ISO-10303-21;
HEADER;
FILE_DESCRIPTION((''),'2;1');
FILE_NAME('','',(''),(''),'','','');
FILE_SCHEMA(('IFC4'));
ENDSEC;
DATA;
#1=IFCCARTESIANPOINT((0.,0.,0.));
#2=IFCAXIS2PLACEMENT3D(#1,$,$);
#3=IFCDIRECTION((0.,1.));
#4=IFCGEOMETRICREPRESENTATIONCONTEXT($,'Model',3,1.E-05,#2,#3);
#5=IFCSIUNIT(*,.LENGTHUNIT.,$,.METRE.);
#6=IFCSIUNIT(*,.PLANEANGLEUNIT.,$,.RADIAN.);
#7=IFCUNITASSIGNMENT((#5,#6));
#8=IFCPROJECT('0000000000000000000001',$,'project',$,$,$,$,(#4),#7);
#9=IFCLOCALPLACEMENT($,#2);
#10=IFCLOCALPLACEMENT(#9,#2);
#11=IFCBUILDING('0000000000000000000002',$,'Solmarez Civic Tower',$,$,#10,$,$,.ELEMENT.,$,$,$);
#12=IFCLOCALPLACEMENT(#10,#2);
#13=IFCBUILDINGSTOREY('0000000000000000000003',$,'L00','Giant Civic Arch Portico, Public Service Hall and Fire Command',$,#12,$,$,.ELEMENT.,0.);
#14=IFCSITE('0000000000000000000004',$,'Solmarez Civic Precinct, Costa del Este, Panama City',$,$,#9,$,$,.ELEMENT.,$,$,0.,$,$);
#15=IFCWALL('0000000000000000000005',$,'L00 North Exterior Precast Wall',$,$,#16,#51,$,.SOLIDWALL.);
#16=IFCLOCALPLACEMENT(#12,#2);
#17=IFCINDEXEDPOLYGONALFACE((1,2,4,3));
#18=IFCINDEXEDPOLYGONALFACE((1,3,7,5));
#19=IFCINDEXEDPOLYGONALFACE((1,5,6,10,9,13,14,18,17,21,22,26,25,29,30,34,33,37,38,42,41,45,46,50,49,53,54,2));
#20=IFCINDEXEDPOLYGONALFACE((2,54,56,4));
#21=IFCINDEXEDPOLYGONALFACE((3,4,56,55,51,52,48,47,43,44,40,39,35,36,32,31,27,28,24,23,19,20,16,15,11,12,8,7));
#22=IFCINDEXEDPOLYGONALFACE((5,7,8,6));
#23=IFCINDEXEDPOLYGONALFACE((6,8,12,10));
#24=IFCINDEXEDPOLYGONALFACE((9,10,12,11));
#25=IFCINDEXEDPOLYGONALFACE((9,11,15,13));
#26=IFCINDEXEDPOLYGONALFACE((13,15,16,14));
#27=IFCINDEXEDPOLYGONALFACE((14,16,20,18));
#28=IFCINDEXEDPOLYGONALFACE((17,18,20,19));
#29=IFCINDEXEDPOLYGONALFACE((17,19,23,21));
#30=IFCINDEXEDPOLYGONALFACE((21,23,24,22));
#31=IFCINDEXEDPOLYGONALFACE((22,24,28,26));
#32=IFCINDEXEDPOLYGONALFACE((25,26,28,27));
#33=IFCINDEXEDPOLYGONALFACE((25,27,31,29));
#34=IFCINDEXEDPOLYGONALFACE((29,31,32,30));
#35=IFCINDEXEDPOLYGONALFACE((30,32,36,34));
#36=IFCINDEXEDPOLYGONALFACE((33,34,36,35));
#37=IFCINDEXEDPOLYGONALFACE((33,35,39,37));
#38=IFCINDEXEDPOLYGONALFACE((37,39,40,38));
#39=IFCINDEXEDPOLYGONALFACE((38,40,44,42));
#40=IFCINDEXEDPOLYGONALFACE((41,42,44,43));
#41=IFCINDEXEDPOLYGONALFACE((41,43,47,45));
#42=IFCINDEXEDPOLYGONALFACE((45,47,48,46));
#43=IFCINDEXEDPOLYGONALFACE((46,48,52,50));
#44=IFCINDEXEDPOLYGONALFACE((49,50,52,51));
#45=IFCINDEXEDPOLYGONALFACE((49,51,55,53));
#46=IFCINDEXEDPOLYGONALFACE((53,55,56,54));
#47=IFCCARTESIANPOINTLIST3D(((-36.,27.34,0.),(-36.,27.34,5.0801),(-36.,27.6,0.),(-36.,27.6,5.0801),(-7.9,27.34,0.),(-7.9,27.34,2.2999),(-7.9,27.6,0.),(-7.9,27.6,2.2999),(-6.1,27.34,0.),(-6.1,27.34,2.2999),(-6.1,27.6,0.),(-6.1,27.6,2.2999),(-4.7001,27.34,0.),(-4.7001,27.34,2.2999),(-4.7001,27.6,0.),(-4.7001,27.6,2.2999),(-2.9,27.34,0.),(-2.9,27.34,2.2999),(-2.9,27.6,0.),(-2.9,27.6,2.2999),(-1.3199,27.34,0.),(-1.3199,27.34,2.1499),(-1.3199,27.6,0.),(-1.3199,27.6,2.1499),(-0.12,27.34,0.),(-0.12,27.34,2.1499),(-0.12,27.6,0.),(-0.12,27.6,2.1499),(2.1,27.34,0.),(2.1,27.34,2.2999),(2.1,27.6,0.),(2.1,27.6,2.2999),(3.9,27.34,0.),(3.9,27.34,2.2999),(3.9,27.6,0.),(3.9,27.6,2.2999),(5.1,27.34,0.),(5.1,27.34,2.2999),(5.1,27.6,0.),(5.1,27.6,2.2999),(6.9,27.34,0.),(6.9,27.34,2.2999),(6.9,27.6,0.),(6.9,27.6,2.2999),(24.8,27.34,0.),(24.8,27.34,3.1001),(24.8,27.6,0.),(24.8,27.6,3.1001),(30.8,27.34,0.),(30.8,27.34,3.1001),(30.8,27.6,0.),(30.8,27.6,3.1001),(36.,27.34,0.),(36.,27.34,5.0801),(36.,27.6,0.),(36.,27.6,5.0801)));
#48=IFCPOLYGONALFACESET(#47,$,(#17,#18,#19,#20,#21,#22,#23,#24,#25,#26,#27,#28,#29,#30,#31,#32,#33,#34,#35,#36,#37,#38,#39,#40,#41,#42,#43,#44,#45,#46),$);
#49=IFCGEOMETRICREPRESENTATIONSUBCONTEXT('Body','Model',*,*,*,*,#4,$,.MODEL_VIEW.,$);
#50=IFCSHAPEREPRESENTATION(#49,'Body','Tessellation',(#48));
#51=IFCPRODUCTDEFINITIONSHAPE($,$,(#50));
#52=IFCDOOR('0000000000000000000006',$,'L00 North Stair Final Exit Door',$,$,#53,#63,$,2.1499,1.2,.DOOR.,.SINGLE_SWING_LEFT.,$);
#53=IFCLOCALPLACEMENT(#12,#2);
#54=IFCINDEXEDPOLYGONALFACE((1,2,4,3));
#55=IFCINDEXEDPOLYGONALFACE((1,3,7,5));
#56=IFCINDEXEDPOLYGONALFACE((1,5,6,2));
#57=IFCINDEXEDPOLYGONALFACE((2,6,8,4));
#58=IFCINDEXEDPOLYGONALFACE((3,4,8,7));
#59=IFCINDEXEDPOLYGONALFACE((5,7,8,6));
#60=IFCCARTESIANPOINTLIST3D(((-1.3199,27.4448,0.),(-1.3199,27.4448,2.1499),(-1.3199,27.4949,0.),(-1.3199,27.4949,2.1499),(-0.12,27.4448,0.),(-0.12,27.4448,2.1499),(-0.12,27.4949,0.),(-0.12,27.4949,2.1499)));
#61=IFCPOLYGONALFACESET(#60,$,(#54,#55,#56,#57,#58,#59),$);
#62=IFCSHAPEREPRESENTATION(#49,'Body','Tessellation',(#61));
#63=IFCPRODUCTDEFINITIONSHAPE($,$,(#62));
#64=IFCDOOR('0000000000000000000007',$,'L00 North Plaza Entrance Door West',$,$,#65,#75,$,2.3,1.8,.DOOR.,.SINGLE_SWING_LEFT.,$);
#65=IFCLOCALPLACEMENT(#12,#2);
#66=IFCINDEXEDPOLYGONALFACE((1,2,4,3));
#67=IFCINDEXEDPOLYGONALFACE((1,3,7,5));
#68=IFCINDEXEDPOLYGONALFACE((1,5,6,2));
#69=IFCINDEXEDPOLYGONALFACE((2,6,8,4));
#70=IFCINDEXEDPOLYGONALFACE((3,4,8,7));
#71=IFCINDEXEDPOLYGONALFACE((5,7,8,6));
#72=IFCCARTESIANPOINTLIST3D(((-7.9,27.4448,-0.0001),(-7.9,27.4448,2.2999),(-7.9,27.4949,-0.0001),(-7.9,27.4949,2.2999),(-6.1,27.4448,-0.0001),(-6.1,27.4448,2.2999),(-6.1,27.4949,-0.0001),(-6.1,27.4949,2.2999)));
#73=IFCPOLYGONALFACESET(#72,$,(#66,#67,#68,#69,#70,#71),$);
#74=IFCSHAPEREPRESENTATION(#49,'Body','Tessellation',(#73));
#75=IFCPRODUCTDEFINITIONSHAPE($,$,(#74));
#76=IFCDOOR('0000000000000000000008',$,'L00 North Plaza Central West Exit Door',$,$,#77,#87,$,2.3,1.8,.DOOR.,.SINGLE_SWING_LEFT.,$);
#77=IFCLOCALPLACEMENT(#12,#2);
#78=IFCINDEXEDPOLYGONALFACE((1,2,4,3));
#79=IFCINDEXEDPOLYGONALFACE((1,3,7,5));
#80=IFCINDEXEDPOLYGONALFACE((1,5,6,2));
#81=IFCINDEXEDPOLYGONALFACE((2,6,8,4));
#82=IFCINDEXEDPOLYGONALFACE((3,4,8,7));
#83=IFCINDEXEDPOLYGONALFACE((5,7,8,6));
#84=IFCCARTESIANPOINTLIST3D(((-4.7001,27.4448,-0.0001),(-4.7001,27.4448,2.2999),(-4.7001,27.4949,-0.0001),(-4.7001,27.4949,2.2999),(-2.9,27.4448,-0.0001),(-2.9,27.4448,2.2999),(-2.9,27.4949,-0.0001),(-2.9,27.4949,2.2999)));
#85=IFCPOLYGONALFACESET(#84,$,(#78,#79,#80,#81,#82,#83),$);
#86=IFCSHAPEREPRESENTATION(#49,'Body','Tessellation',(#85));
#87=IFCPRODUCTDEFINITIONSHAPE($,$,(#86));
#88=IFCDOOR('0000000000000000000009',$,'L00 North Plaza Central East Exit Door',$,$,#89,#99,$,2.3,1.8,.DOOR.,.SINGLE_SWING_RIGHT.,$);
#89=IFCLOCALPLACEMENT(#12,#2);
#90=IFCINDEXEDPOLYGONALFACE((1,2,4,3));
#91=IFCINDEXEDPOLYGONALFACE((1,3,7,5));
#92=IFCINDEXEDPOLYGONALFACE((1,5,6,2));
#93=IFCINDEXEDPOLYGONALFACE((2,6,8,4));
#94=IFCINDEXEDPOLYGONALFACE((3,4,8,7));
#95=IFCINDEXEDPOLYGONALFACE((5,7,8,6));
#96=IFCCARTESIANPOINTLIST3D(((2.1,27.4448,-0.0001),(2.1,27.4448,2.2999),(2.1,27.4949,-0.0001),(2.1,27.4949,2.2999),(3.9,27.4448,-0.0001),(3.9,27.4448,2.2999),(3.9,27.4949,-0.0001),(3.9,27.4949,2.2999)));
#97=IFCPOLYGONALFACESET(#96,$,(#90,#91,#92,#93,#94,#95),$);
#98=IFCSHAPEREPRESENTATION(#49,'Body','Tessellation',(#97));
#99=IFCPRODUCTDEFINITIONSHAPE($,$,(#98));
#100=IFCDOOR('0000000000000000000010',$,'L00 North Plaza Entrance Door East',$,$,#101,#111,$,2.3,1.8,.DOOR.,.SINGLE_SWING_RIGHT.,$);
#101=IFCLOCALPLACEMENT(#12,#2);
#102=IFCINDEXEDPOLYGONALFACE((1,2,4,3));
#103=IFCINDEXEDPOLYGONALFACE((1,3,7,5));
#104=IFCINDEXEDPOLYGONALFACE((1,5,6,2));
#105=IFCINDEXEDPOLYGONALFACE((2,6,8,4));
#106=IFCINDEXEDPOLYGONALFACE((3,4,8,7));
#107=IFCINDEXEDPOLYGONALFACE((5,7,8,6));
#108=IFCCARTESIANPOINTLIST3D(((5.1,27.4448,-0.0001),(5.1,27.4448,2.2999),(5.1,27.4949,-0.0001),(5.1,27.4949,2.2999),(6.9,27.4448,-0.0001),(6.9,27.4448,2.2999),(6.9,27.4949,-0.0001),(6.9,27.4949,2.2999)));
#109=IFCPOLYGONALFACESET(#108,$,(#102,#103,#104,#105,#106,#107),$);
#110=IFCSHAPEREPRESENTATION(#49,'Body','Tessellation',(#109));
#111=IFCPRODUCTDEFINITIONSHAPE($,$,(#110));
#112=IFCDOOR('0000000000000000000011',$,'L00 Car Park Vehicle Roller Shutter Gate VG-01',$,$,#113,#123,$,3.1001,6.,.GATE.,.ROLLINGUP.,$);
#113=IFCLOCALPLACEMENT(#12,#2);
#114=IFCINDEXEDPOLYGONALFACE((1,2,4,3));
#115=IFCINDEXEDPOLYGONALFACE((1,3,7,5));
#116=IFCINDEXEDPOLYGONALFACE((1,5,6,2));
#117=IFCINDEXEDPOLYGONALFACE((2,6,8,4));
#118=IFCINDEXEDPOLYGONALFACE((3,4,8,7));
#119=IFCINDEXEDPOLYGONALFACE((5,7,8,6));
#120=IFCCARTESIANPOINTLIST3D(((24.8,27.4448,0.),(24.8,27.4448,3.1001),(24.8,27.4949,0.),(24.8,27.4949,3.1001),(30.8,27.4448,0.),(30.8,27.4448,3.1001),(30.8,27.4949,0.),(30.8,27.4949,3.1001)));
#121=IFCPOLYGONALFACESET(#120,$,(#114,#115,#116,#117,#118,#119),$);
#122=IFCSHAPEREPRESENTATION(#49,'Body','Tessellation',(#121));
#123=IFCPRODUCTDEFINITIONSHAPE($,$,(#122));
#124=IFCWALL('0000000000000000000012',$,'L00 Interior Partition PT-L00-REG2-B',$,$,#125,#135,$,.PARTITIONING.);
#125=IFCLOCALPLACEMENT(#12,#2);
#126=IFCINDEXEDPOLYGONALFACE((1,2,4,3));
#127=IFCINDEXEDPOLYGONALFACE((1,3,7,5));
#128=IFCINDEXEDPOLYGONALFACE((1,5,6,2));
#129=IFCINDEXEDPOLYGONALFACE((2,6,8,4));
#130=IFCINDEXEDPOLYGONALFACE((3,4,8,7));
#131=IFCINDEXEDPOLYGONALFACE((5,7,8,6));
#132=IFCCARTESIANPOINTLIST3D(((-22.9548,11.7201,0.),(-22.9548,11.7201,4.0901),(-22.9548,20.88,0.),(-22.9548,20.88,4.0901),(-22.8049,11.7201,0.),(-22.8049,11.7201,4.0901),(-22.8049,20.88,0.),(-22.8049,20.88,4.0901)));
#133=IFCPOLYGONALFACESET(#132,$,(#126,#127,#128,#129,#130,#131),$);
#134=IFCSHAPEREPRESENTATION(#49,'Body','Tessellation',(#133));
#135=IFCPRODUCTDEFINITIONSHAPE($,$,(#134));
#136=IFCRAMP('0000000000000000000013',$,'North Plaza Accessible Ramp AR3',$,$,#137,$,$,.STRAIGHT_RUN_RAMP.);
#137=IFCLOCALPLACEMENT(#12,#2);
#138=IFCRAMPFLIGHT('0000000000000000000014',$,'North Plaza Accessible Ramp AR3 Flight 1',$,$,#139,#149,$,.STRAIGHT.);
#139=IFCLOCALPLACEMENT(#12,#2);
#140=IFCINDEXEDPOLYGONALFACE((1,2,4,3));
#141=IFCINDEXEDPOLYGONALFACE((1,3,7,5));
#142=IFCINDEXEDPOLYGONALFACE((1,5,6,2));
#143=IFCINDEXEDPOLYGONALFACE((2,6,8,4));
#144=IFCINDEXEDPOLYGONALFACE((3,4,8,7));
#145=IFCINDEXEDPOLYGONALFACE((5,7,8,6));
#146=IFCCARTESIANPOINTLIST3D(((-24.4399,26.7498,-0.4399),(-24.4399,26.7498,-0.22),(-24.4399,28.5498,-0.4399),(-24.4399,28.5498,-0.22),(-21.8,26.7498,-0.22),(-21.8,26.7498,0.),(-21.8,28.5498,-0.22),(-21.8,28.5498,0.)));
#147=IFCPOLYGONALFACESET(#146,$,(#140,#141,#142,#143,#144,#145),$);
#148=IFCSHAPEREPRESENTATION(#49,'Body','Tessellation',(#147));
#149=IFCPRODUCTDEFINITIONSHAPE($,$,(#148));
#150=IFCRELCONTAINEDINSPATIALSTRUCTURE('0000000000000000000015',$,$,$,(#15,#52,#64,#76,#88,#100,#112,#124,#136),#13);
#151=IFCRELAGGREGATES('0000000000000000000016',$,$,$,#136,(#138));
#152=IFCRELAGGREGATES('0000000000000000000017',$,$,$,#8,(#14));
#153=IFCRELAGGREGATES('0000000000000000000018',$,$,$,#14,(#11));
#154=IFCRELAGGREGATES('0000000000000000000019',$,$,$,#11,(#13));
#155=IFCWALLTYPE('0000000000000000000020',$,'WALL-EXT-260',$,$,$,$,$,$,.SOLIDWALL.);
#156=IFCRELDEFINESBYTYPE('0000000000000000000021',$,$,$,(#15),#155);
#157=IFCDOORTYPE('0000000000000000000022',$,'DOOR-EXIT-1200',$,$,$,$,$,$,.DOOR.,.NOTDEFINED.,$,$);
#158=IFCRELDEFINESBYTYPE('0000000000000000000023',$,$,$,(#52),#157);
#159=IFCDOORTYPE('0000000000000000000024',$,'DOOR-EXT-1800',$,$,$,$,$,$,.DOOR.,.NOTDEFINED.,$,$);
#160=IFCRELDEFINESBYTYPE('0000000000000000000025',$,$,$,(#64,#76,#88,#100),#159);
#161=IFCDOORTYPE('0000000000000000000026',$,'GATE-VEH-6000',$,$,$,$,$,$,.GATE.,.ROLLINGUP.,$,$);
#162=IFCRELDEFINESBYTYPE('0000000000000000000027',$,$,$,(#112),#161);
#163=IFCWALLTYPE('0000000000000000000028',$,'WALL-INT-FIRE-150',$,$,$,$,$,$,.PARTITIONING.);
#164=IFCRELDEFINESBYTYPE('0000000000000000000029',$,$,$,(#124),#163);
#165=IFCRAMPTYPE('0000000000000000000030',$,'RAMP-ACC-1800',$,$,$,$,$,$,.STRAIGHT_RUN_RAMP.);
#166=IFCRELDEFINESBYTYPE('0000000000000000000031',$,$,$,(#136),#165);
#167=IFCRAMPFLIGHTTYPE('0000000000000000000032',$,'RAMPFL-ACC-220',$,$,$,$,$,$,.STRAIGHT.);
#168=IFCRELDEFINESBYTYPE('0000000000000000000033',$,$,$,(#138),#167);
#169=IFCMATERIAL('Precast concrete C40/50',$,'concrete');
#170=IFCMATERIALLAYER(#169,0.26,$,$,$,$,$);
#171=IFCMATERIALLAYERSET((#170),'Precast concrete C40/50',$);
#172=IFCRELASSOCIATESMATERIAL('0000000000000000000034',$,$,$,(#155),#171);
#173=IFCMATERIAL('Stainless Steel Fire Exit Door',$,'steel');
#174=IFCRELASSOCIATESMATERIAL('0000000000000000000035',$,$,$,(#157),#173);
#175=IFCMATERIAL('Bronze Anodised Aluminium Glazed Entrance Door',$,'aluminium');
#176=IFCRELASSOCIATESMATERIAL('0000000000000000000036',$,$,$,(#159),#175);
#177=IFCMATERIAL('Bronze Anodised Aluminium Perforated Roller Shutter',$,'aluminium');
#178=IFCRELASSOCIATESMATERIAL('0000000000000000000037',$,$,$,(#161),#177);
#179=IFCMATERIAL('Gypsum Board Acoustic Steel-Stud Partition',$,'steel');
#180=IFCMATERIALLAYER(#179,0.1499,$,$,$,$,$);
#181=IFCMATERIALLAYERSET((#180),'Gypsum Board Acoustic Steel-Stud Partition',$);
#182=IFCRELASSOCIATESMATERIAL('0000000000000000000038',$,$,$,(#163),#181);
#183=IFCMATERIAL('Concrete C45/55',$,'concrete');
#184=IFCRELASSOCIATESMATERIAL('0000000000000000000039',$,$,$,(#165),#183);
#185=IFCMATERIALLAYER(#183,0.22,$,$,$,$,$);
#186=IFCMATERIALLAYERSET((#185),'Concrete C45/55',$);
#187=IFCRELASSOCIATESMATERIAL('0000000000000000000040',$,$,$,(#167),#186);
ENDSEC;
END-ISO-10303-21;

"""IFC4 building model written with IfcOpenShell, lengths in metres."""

from ifc_helpers import new_model, si_unit, direction, frame, frame_2d, origin, place, context, subcontext, project, spatial, polyline, rectangle, outline, extrude, material, layer, layer_set, type_object, element, fill, aggregate, save


model = new_model("IFC4")

# Units and contexts
model_context = context("Model", 3, precision=1e-05, world=origin(), true_north=direction((0.0, 1.0)))
body_context = subcontext(model_context, "Body", "Model", "MODEL_VIEW")
ifc_project = project(units=[si_unit("LENGTHUNIT", "METRE"), si_unit("PLANEANGLEUNIT", "RADIAN")], contexts=[model_context])

# Site, building, storey
site_placement = place(None, origin())
site = spatial("IfcSite", under=ifc_project, at=site_placement, Name="Solmarez Civic Precinct, Costa del Este, Panama City", CompositionType="ELEMENT", RefElevation=0.0)
building_placement = place(site_placement, origin())
building = spatial("IfcBuilding", under=site, at=building_placement, Name="Solmarez Civic Tower", CompositionType="ELEMENT")
storey_placement = place(building_placement, origin())
storey = spatial("IfcBuildingStorey", under=building, at=storey_placement, Name="L00", Description="Giant Civic Arch Portico, Public Service Hall and Fire Command", CompositionType="ELEMENT", Elevation=0.0)

# Wall, openings, doors
ifc_material_1 = material(Name="Precast concrete C40/50", Category="concrete")
ifc_layer_1 = layer(ifc_material_1, 0.26)
ifc_layer_set_1 = layer_set([ifc_layer_1], Name="Precast concrete C40/50")
wall_type_1 = type_object("IfcWallType", Name="WALL-EXT-260", PredefinedType="SOLIDWALL", material=ifc_layer_set_1)
wall_1_placement = place(storey_placement, frame((-36.0, 27.47, 0.0), z_axis=(0.0, 0.0, 1.0), x_axis=(1.0, 0.0, 0.0)))
wall_1 = element("IfcWall", 1, at=wall_1_placement, inside=storey, type_object=wall_type_1, Name="L00 North Exterior Precast Wall", PredefinedType="SOLIDWALL", context=body_context, shape_type="SweptSolid", body=[
    extrude(rectangle(XDim=72.0, YDim=0.26, at=frame_2d((36.0, 0.0))), origin(), (0.0, 0.0, 1.0), 5.0801),
])
opening_1_placement = place(wall_1_placement, frame((34.6799, 0.0, 0.0)))
opening_1 = element("IfcOpeningElement", 2, at=opening_1_placement, cuts=wall_1, PredefinedType="OPENING", context=body_context, shape_type="SweptSolid", body=[
    extrude(rectangle(XDim=1.2, YDim=2.1499, at=frame_2d((0.6001, 1.075))), frame((0.0, 0.1399, 0.0), z_axis=(0.0, -1.0, 0.0), x_axis=(1.0, 0.0, 0.0)), (0.0, 0.0, 1.0), 0.28),
])
opening_2_placement = place(wall_1_placement, frame((28.1001, 0.0, 0.0)))
opening_2 = element("IfcOpeningElement", 3, at=opening_2_placement, cuts=wall_1, PredefinedType="OPENING", context=body_context, shape_type="SweptSolid", body=[
    extrude(rectangle(XDim=1.8, YDim=2.3, at=frame_2d((0.8999, 1.1499))), frame((0.0, 0.1399, 0.0), z_axis=(0.0, -1.0, 0.0), x_axis=(1.0, 0.0, 0.0)), (0.0, 0.0, 1.0), 0.28),
])
opening_3_placement = place(wall_1_placement, frame((31.3, 0.0, 0.0)))
opening_3 = element("IfcOpeningElement", 4, at=opening_3_placement, cuts=wall_1, PredefinedType="OPENING", context=body_context, shape_type="SweptSolid", body=[
    extrude(rectangle(XDim=1.8, YDim=2.3, at=frame_2d((0.8999, 1.1499))), frame((0.0, 0.1399, 0.0), z_axis=(0.0, -1.0, 0.0), x_axis=(1.0, 0.0, 0.0)), (0.0, 0.0, 1.0), 0.28),
])
opening_4_placement = place(wall_1_placement, frame((38.1001, 0.0, 0.0)))
opening_4 = element("IfcOpeningElement", 5, at=opening_4_placement, cuts=wall_1, PredefinedType="OPENING", context=body_context, shape_type="SweptSolid", body=[
    extrude(rectangle(XDim=1.8, YDim=2.3, at=frame_2d((0.8999, 1.1499))), frame((0.0, 0.1399, 0.0), z_axis=(0.0, -1.0, 0.0), x_axis=(1.0, 0.0, 0.0)), (0.0, 0.0, 1.0), 0.28),
])
opening_5_placement = place(wall_1_placement, frame((41.1001, 0.0, 0.0)))
opening_5 = element("IfcOpeningElement", 6, at=opening_5_placement, cuts=wall_1, PredefinedType="OPENING", context=body_context, shape_type="SweptSolid", body=[
    extrude(rectangle(XDim=1.8, YDim=2.3, at=frame_2d((0.8999, 1.1499))), frame((0.0, 0.1399, 0.0), z_axis=(0.0, -1.0, 0.0), x_axis=(1.0, 0.0, 0.0)), (0.0, 0.0, 1.0), 0.28),
])
opening_6_placement = place(wall_1_placement, frame((60.8, 0.0, 0.0)))
opening_6 = element("IfcOpeningElement", 7, at=opening_6_placement, cuts=wall_1, PredefinedType="OPENING", context=body_context, shape_type="SweptSolid", body=[
    extrude(rectangle(XDim=6.0, YDim=3.1001, at=frame_2d((3.0, 1.55))), frame((0.0, 0.1399, 0.0), z_axis=(0.0, -1.0, 0.0), x_axis=(1.0, 0.0, 0.0)), (0.0, 0.0, 1.0), 0.28),
])
ifc_material_2 = material(Name="Stainless Steel Fire Exit Door", Category="steel")
door_type_1 = type_object("IfcDoorType", Name="DOOR-EXIT-1200", OperationType="NOTDEFINED", PredefinedType="DOOR", material=ifc_material_2)
door_1_placement = place(opening_1_placement, origin())
door_1 = element("IfcDoor", 8, at=door_1_placement, inside=storey, type_object=door_type_1, Name="L00 North Stair Final Exit Door", OperationType="SINGLE_SWING_LEFT", OverallHeight=2.1499, OverallWidth=1.2, PredefinedType="DOOR", context=body_context, shape_type="SweptSolid", body=[
    extrude(rectangle(XDim=1.2, YDim=2.1499, at=frame_2d((0.6001, 1.075))), frame((0.0, 0.0249, 0.0), z_axis=(0.0, -1.0, 0.0), x_axis=(1.0, 0.0, 0.0)), (0.0, 0.0, 1.0), 0.05),
])
fill(opening_1, door_1)
ifc_material_3 = material(Name="Bronze Anodised Aluminium Glazed Entrance Door", Category="aluminium")
door_type_2 = type_object("IfcDoorType", Name="DOOR-EXT-1800", OperationType="NOTDEFINED", PredefinedType="DOOR", material=ifc_material_3)
door_2_placement = place(opening_2_placement, origin())
door_2 = element("IfcDoor", 9, at=door_2_placement, inside=storey, type_object=door_type_2, Name="L00 North Plaza Entrance Door West", OperationType="SINGLE_SWING_LEFT", OverallHeight=2.3, OverallWidth=1.8, PredefinedType="DOOR", context=body_context, shape_type="SweptSolid", body=[
    extrude(rectangle(XDim=1.8, YDim=2.3, at=frame_2d((0.8999, 1.1499))), frame((0.0, 0.0249, 0.0), z_axis=(0.0, -1.0, 0.0), x_axis=(1.0, 0.0, 0.0)), (0.0, 0.0, 1.0), 0.05),
])
fill(opening_2, door_2)
door_3_placement = place(opening_3_placement, origin())
door_3 = element("IfcDoor", 10, at=door_3_placement, inside=storey, type_object=door_type_2, Name="L00 North Plaza Central West Exit Door", OperationType="SINGLE_SWING_LEFT", OverallHeight=2.3, OverallWidth=1.8, PredefinedType="DOOR", context=body_context, shape_type="SweptSolid", body=[
    extrude(rectangle(XDim=1.8, YDim=2.3, at=frame_2d((0.8999, 1.1499))), frame((0.0, 0.0249, 0.0), z_axis=(0.0, -1.0, 0.0), x_axis=(1.0, 0.0, 0.0)), (0.0, 0.0, 1.0), 0.05),
])
fill(opening_3, door_3)
door_4_placement = place(opening_4_placement, origin())
door_4 = element("IfcDoor", 11, at=door_4_placement, inside=storey, type_object=door_type_2, Name="L00 North Plaza Central East Exit Door", OperationType="SINGLE_SWING_RIGHT", OverallHeight=2.3, OverallWidth=1.8, PredefinedType="DOOR", context=body_context, shape_type="SweptSolid", body=[
    extrude(rectangle(XDim=1.8, YDim=2.3, at=frame_2d((0.8999, 1.1499))), frame((0.0, 0.0249, 0.0), z_axis=(0.0, -1.0, 0.0), x_axis=(1.0, 0.0, 0.0)), (0.0, 0.0, 1.0), 0.05),
])
fill(opening_4, door_4)
door_5_placement = place(opening_5_placement, origin())
door_5 = element("IfcDoor", 12, at=door_5_placement, inside=storey, type_object=door_type_2, Name="L00 North Plaza Entrance Door East", OperationType="SINGLE_SWING_RIGHT", OverallHeight=2.3, OverallWidth=1.8, PredefinedType="DOOR", context=body_context, shape_type="SweptSolid", body=[
    extrude(rectangle(XDim=1.8, YDim=2.3, at=frame_2d((0.8999, 1.1499))), frame((0.0, 0.0249, 0.0), z_axis=(0.0, -1.0, 0.0), x_axis=(1.0, 0.0, 0.0)), (0.0, 0.0, 1.0), 0.05),
])
fill(opening_5, door_5)
ifc_material_4 = material(Name="Bronze Anodised Aluminium Perforated Roller Shutter", Category="aluminium")
door_type_3 = type_object("IfcDoorType", Name="GATE-VEH-6000", OperationType="ROLLINGUP", PredefinedType="GATE", material=ifc_material_4)
door_6_placement = place(opening_6_placement, origin())
door_6 = element("IfcDoor", 13, at=door_6_placement, inside=storey, type_object=door_type_3, Name="L00 Car Park Vehicle Roller Shutter Gate VG-01", OperationType="ROLLINGUP", OverallHeight=3.1001, OverallWidth=6.0, PredefinedType="GATE", context=body_context, shape_type="SweptSolid", body=[
    extrude(rectangle(XDim=6.0, YDim=3.1001, at=frame_2d((3.0, 1.55))), frame((0.0, 0.0249, 0.0), z_axis=(0.0, -1.0, 0.0), x_axis=(1.0, 0.0, 0.0)), (0.0, 0.0, 1.0), 0.05),
])
fill(opening_6, door_6)

# Wall
ifc_material_5 = material(Name="Gypsum Board Acoustic Steel-Stud Partition", Category="steel")
ifc_layer_2 = layer(ifc_material_5, 0.1499)
ifc_layer_set_2 = layer_set([ifc_layer_2], Name="Gypsum Board Acoustic Steel-Stud Partition")
wall_type_2 = type_object("IfcWallType", Name="WALL-INT-FIRE-150", PredefinedType="PARTITIONING", material=ifc_layer_set_2)
wall_2_placement = place(storey_placement, frame((-22.8799, 11.72, 0.0), z_axis=(0.0, 0.0, 1.0), x_axis=(0.0, 1.0, 0.0)))
element("IfcWall", 14, at=wall_2_placement, inside=storey, type_object=wall_type_2, Name="L00 Interior Partition PT-L00-REG2-B", PredefinedType="PARTITIONING", context=body_context, shape_type="SweptSolid", body=[
    extrude(rectangle(XDim=9.1599, YDim=0.1499, at=frame_2d((4.5801, 0.0))), origin(), (0.0, 0.0, 1.0), 4.0901),
])

# Ramp, ramp flight
ifc_material_6 = material(Name="Concrete C45/55", Category="concrete")
ramp_type = type_object("IfcRampType", Name="RAMP-ACC-1800", PredefinedType="STRAIGHT_RUN_RAMP", material=ifc_material_6)
ramp_placement = place(storey_placement, origin())
ramp = element("IfcRamp", 15, at=ramp_placement, inside=storey, type_object=ramp_type, Name="North Plaza Accessible Ramp AR3", PredefinedType="STRAIGHT_RUN_RAMP")
ifc_layer_3 = layer(ifc_material_6, 0.22)
ifc_layer_set_3 = layer_set([ifc_layer_3], Name="Concrete C45/55")
ramp_flight_type = type_object("IfcRampFlightType", Name="RAMPFL-ACC-220", PredefinedType="STRAIGHT", material=ifc_layer_set_3)
ramp_flight_placement = place(storey_placement, frame((-24.4399, 27.6499, -0.22), z_axis=(0.0, 0.0, 1.0), x_axis=(1.0, 0.0, 0.0)))
ramp_flight = element("IfcRampFlight", 16, at=ramp_flight_placement, type_object=ramp_flight_type, Name="North Plaza Accessible Ramp AR3 Flight 1", PredefinedType="STRAIGHT", context=body_context, shape_type="SweptSolid", body=[
    extrude(outline(polyline([(0.0, 0.0), (2.6399, 0.22), (2.6399, 0.0), (0.0, -0.22), (0.0, 0.0)])), frame((0.0, 0.8999, 0.0), z_axis=(0.0, -1.0, 0.0), x_axis=(1.0, 0.0, 0.0)), (0.0, 0.0, 1.0), 1.8),
])
aggregate(ramp, [ramp_flight])

save(model, "model.ifc")
